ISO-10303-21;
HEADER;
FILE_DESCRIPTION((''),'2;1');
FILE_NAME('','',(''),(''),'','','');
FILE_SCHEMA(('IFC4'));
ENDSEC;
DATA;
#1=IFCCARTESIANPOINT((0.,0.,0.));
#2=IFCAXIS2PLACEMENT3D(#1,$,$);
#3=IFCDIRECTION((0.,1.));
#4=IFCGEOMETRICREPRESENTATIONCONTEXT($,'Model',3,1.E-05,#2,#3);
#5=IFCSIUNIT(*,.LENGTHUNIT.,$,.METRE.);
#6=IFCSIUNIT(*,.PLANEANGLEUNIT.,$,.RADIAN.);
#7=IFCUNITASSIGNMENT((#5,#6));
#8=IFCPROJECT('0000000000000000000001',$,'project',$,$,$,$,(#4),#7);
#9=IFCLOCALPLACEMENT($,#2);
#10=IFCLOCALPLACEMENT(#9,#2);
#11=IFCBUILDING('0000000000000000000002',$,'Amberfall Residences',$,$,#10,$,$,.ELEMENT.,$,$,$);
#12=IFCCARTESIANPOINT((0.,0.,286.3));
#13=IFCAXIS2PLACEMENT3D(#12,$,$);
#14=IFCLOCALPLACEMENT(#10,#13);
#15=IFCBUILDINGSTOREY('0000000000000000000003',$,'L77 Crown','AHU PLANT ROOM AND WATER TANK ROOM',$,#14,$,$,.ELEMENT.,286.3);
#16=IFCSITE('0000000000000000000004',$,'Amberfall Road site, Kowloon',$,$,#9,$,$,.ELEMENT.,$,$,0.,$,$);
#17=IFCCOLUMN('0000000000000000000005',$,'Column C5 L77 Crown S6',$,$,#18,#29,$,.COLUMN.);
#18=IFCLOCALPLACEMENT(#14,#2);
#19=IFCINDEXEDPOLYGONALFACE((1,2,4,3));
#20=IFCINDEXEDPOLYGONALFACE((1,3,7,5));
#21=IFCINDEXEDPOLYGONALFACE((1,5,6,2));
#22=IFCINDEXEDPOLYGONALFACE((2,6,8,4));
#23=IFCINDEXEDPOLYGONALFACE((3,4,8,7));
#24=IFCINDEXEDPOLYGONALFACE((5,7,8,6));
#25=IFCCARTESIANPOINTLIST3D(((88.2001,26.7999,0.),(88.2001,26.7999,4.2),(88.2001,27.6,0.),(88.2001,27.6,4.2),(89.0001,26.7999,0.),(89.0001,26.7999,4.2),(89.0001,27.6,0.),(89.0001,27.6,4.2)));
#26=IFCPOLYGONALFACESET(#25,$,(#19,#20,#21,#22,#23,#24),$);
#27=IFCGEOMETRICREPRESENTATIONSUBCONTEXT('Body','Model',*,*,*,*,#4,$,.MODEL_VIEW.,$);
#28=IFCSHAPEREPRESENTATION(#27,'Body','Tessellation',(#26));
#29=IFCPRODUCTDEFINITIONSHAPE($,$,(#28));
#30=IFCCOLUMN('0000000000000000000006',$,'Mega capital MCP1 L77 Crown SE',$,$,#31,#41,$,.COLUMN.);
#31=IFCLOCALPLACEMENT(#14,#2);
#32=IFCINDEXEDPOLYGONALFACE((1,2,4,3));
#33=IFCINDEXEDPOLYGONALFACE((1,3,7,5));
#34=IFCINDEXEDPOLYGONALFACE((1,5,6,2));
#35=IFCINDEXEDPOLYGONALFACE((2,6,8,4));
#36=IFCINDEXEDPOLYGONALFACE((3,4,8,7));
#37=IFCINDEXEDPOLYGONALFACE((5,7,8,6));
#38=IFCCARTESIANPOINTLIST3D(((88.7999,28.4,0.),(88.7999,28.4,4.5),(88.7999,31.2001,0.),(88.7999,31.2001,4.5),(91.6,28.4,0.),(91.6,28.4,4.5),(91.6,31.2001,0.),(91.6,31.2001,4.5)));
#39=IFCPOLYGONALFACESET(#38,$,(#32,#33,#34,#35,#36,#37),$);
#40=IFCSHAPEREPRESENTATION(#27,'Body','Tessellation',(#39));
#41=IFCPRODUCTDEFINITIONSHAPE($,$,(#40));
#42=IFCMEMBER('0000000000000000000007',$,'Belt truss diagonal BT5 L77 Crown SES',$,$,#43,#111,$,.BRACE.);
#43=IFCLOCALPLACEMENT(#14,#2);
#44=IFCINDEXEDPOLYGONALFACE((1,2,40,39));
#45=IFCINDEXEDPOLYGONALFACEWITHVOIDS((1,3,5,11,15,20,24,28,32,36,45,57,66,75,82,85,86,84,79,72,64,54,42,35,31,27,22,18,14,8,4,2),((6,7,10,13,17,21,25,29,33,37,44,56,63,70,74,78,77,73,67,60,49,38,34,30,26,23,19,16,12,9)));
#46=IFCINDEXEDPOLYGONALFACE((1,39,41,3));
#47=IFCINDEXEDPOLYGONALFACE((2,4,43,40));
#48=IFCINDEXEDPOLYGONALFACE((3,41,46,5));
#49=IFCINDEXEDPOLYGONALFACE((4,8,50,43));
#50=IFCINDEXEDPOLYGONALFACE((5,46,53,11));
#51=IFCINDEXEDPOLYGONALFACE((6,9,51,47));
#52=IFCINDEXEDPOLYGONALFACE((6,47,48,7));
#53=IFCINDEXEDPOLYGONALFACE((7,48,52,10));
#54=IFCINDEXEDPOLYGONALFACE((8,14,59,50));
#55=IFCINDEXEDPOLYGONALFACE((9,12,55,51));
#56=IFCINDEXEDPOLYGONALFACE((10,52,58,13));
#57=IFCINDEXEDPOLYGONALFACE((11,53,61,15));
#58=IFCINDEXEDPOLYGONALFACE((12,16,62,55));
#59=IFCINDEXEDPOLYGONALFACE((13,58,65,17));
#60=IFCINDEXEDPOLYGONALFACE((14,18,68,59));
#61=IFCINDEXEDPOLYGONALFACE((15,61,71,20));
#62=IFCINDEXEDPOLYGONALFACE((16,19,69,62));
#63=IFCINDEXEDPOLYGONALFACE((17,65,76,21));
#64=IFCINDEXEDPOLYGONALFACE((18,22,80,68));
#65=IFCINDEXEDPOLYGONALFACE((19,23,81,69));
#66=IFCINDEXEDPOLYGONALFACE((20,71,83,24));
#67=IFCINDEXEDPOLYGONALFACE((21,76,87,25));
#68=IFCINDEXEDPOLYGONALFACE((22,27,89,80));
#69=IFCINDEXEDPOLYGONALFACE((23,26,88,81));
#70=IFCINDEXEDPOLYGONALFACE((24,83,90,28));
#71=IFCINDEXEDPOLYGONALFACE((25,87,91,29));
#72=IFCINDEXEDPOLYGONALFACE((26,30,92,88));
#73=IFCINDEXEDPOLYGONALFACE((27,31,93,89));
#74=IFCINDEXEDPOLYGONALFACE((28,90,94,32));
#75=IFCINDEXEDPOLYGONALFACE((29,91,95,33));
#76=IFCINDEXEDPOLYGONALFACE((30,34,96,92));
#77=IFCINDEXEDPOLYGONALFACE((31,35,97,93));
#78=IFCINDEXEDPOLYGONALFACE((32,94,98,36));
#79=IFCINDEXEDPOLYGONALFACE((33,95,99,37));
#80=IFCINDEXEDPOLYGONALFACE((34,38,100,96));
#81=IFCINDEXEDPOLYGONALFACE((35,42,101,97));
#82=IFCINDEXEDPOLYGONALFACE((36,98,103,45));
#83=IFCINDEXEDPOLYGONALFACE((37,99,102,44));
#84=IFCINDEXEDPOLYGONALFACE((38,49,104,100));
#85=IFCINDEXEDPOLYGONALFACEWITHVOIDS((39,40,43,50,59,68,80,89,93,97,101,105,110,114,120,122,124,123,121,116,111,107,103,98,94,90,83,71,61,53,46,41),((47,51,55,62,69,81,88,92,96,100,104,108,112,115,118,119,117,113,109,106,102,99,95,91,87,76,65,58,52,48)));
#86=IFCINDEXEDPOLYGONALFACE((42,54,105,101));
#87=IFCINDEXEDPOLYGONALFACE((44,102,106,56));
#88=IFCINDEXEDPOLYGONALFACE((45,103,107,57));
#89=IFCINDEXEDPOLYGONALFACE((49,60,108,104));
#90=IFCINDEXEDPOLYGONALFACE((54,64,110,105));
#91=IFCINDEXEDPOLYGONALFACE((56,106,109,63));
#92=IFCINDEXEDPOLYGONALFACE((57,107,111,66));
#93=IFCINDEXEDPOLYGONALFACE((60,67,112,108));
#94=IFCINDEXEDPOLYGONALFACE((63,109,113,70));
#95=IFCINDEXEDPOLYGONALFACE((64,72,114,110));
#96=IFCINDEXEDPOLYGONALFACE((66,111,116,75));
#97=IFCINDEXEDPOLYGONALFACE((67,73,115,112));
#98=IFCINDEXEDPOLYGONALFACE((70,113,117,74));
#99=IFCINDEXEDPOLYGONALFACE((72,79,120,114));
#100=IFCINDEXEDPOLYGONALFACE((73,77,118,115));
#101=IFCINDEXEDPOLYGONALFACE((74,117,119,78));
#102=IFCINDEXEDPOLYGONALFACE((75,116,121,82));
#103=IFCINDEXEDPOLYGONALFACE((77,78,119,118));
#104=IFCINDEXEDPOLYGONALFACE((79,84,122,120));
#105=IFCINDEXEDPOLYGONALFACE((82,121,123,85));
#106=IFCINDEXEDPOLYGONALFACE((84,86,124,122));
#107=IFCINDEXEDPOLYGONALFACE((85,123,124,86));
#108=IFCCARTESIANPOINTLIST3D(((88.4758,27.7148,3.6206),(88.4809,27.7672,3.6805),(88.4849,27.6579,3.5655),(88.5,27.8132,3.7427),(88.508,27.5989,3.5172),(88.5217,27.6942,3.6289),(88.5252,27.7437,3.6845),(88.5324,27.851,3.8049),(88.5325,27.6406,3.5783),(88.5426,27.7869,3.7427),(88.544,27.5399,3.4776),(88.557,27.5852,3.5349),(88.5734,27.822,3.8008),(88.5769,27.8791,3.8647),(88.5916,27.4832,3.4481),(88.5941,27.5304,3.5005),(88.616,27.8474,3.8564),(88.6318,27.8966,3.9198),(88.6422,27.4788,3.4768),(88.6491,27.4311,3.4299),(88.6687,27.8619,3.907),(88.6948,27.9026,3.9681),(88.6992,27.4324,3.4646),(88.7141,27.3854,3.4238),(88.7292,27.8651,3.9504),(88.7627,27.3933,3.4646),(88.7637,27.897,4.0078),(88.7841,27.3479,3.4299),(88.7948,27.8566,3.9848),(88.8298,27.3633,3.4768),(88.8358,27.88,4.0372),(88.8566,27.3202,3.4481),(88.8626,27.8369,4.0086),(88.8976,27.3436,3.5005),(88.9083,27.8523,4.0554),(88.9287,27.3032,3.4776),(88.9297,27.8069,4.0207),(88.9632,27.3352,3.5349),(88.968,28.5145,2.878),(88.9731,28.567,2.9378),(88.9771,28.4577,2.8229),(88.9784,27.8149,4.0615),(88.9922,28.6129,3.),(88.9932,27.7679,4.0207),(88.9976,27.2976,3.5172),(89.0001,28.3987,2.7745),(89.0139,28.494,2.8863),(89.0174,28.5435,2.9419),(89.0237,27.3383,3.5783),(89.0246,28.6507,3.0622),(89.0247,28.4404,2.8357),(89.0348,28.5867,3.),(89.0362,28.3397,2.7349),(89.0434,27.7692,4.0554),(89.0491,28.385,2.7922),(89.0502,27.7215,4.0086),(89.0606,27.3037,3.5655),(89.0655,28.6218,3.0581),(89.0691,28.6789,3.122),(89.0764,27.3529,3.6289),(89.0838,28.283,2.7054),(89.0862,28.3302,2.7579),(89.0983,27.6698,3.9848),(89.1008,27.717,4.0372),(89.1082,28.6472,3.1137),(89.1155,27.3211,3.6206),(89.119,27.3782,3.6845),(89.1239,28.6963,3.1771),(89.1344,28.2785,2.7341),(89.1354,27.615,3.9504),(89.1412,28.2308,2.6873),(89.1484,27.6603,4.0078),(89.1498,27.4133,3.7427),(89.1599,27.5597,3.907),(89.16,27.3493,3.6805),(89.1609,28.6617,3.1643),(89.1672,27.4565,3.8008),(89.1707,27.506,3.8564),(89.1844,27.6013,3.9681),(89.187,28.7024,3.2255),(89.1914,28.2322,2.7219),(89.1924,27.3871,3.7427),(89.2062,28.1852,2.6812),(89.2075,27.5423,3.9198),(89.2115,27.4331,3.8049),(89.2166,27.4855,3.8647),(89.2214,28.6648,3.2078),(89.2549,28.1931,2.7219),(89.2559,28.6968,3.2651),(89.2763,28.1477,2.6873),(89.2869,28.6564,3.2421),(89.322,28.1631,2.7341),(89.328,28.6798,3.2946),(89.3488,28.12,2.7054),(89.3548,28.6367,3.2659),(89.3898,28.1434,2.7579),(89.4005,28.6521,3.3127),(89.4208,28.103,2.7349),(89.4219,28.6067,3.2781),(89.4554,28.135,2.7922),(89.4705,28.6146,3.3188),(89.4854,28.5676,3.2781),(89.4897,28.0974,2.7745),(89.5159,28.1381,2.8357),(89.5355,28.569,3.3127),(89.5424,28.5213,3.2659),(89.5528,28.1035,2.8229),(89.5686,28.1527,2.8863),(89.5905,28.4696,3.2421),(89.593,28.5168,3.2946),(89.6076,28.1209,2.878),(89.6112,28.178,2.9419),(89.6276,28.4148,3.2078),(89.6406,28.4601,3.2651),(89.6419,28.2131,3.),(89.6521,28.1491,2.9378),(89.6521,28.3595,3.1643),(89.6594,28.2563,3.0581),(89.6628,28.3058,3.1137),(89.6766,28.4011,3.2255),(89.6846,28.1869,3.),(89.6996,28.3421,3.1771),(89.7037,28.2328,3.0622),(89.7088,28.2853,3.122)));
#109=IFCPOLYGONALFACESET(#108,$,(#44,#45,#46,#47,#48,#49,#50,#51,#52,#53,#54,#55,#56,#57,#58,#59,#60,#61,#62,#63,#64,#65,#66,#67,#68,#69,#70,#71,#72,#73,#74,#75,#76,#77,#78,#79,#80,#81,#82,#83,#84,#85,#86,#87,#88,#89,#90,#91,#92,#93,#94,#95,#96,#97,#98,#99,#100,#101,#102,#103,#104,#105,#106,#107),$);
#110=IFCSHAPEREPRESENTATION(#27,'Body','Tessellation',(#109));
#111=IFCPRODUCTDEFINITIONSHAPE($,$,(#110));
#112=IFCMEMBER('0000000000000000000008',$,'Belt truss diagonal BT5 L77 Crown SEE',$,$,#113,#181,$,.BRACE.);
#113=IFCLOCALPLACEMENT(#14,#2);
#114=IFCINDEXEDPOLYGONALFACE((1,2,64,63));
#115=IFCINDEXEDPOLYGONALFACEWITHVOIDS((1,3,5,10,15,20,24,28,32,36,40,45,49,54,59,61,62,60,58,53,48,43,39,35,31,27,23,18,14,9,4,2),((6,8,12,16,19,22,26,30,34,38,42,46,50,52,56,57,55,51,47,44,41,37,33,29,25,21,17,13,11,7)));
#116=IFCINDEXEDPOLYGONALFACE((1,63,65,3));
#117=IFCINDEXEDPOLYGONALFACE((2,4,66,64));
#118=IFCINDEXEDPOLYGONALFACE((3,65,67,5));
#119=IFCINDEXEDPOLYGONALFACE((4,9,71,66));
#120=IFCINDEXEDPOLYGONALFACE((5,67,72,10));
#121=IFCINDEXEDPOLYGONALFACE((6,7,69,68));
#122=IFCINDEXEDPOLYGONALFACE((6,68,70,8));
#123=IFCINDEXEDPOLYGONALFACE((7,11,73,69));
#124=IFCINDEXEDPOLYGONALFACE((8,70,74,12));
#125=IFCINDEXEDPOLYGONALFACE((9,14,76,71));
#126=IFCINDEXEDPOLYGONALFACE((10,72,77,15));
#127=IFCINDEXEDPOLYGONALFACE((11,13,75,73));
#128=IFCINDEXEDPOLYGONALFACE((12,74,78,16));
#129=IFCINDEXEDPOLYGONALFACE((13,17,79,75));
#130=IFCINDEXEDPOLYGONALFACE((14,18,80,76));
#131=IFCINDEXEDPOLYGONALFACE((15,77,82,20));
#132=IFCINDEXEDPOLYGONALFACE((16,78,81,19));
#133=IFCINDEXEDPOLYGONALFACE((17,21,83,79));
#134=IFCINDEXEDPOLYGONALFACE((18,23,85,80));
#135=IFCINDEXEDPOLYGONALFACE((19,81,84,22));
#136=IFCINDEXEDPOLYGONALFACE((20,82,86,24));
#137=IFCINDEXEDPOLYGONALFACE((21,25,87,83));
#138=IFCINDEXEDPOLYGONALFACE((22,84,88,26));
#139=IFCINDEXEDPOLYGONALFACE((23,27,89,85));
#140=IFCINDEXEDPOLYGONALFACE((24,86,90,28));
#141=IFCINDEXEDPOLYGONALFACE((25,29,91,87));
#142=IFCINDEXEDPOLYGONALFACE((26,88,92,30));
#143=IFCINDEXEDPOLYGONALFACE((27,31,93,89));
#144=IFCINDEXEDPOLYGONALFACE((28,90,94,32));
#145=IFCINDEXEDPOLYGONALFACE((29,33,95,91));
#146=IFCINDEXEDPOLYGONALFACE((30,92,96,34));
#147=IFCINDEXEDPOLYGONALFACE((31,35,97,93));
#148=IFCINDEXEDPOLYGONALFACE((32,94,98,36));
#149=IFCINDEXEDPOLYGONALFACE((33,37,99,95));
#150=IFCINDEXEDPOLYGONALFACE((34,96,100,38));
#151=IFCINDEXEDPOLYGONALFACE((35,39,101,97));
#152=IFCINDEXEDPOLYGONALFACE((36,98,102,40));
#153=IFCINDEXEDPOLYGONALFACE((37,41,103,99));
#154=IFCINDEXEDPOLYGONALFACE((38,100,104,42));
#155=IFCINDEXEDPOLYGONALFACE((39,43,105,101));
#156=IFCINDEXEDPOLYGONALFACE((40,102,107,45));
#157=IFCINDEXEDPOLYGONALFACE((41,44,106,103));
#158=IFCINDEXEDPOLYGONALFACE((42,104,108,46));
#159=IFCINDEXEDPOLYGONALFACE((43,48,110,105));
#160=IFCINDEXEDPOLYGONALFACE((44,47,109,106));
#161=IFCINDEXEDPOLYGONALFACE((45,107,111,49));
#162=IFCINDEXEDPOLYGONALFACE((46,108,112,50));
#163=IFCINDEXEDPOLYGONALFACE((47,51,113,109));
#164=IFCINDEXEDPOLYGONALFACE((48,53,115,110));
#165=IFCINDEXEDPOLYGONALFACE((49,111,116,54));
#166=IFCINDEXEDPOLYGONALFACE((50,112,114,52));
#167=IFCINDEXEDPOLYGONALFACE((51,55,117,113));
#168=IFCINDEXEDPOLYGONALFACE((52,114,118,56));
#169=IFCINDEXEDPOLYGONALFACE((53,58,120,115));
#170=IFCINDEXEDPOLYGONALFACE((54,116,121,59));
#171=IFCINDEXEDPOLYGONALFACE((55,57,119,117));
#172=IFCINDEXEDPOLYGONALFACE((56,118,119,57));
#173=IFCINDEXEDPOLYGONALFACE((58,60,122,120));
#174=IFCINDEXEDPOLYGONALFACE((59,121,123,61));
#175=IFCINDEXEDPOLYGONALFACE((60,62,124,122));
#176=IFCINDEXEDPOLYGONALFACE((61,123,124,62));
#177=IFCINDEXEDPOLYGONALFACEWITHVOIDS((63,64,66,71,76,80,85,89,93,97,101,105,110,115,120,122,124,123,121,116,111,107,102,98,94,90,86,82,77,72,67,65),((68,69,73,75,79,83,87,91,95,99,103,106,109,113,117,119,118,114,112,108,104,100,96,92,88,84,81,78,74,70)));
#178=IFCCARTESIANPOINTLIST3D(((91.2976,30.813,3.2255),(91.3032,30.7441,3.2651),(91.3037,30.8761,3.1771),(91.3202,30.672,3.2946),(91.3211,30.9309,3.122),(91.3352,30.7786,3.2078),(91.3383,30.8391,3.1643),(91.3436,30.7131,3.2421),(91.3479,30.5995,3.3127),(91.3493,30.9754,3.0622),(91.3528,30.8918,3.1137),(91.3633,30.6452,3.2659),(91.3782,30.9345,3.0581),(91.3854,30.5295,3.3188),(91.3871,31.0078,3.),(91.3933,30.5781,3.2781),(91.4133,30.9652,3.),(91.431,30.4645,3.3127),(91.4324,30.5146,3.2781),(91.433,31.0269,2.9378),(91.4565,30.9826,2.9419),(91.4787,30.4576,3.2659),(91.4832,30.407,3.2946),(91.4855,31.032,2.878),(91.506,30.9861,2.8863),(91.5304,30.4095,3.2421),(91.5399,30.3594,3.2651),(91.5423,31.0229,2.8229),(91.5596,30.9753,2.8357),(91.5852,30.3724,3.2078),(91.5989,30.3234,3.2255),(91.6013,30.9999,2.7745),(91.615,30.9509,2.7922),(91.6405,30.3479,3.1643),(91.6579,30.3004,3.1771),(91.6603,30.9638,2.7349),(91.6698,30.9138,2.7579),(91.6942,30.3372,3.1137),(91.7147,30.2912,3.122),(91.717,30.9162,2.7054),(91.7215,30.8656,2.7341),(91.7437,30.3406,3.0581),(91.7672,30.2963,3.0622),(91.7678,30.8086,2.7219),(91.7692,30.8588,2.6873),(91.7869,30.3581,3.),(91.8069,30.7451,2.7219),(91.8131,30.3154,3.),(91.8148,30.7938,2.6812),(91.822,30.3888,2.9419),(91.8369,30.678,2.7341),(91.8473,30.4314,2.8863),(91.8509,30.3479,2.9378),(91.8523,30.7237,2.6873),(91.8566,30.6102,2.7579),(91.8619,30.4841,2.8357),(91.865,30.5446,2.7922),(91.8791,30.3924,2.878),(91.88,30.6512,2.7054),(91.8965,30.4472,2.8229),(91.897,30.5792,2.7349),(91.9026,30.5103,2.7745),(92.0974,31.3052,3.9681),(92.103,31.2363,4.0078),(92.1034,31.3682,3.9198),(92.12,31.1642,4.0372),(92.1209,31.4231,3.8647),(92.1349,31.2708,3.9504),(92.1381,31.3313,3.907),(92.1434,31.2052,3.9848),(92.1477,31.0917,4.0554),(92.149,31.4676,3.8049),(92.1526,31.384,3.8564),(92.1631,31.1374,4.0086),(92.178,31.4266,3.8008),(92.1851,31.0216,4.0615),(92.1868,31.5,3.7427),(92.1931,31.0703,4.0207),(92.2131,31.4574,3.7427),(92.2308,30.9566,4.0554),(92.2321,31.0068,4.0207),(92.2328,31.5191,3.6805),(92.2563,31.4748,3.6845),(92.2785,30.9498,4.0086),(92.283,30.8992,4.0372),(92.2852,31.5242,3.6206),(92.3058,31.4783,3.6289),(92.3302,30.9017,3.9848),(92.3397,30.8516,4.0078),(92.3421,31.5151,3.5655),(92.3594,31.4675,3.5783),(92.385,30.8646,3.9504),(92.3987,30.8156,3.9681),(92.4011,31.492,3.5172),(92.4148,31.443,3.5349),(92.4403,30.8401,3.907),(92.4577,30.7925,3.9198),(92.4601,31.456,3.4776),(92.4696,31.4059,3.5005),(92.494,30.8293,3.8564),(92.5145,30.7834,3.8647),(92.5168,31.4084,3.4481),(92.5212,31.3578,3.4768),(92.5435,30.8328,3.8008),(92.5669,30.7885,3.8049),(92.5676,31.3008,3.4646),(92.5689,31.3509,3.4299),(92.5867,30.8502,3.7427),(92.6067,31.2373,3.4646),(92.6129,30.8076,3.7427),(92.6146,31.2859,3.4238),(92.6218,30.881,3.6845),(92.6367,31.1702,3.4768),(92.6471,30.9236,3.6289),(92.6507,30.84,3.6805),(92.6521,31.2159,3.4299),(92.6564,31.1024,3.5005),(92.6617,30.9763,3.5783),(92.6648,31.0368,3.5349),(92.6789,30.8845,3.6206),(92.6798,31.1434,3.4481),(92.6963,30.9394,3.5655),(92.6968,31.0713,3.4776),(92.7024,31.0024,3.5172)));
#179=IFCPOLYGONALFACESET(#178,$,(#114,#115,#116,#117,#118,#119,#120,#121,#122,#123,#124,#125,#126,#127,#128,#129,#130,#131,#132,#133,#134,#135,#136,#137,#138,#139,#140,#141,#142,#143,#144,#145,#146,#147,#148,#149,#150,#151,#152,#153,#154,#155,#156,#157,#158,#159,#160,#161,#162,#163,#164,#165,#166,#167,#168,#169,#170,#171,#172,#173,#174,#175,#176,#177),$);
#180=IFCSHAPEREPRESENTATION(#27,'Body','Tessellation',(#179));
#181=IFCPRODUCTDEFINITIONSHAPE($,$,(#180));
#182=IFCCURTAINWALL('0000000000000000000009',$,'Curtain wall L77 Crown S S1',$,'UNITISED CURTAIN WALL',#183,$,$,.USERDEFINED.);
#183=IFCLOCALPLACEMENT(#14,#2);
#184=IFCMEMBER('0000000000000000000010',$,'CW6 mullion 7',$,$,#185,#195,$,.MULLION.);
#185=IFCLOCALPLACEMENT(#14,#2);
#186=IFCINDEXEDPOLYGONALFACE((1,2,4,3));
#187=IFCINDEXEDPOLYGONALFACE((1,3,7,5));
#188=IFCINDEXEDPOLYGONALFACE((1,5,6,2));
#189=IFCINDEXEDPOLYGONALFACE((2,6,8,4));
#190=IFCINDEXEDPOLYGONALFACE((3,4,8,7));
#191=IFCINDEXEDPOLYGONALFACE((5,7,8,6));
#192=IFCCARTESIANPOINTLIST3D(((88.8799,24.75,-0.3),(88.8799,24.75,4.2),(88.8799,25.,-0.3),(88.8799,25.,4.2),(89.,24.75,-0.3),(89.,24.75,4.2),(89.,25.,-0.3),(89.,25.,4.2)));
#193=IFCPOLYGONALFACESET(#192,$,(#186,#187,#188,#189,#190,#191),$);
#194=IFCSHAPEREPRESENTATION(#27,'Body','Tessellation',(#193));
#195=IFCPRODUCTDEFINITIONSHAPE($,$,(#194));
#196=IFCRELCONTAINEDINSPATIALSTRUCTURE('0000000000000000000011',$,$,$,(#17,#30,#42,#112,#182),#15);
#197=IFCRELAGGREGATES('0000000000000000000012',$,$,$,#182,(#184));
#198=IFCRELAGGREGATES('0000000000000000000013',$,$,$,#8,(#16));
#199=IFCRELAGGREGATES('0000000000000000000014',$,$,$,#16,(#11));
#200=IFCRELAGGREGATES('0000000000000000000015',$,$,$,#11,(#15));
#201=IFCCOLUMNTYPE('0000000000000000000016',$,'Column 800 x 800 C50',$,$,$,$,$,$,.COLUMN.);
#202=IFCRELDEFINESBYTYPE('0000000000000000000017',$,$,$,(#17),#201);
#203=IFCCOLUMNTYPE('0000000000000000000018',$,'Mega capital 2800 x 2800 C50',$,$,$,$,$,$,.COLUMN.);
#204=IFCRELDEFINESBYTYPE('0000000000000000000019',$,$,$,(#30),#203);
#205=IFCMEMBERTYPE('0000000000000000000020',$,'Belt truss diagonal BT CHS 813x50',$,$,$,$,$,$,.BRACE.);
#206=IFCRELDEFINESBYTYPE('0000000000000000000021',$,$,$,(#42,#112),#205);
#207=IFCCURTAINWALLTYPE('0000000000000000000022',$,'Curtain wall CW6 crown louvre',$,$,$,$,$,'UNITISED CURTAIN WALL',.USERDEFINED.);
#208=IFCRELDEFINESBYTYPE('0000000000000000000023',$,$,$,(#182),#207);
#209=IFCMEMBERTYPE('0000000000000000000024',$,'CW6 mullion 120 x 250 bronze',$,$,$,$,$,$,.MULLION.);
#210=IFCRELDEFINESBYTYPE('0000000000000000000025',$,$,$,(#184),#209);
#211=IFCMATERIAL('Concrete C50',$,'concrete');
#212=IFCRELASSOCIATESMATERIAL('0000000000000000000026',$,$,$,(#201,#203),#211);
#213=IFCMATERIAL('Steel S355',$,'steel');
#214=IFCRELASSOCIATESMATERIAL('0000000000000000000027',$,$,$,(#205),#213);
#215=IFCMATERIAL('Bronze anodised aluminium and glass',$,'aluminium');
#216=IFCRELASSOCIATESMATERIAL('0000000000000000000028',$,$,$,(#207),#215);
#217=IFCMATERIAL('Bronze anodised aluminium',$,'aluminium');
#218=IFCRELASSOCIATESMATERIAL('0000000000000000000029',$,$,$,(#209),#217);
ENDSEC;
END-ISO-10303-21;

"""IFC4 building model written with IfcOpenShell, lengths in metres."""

from ifc_helpers import new_model, si_unit, direction, frame, origin, origin_2d, place, context, subcontext, project, spatial, rectangle, hollow_circle, extrude, material, material_profile, profile_set, type_object, element, aggregate, save


model = new_model("IFC4")

# Units and contexts
model_context = context("Model", 3, precision=1e-05, world=origin(), true_north=direction((0.0, 1.0)))
body_context = subcontext(model_context, "Body", "Model", "MODEL_VIEW")
ifc_project = project(units=[si_unit("LENGTHUNIT", "METRE"), si_unit("PLANEANGLEUNIT", "RADIAN")], contexts=[model_context])

# Site, building, storey
site_placement = place(None, origin())
site = spatial("IfcSite", under=ifc_project, at=site_placement, Name="Amberfall Road site, Kowloon", CompositionType="ELEMENT", RefElevation=0.0)
building_placement = place(site_placement, origin())
building = spatial("IfcBuilding", under=site, at=building_placement, Name="Amberfall Residences", CompositionType="ELEMENT")
storey_placement = place(building_placement, frame((0.0, 0.0, 286.3)))
storey = spatial("IfcBuildingStorey", under=building, at=storey_placement, Name="L77 Crown", Description="AHU PLANT ROOM AND WATER TANK ROOM", CompositionType="ELEMENT", Elevation=286.3)

# Columns
ifc_material_1 = material(Name="Concrete C50", Category="concrete")
ifc_material_profile_1 = material_profile(ifc_material_1, rectangle(XDim=0.8, YDim=0.8, at=origin_2d()), Name="Column 800 x 800 C50")
ifc_profile_set_1 = profile_set([ifc_material_profile_1], Name="Concrete C50")
column_type_1 = type_object("IfcColumnType", Name="Column 800 x 800 C50", PredefinedType="COLUMN", material=ifc_profile_set_1)
column_1_placement = place(storey_placement, frame((88.6001, 27.2, 0.0), z_axis=(0.0, 0.0, 1.0), x_axis=(1.0, 0.0, 0.0)))
element("IfcColumn", 1, at=column_1_placement, inside=storey, type_object=column_type_1, Name="Column C5 L77 Crown S6", PredefinedType="COLUMN", context=body_context, shape_type="SweptSolid", body=[
    extrude(rectangle(XDim=0.8, YDim=0.8, at=origin_2d()), origin(), (0.0, 0.0, 1.0), 4.2),
])
ifc_material_profile_2 = material_profile(ifc_material_1, rectangle(XDim=2.8, YDim=2.8, at=origin_2d()), Name="Mega capital 2800 x 2800 C50")
ifc_profile_set_2 = profile_set([ifc_material_profile_2], Name="Concrete C50")
column_type_2 = type_object("IfcColumnType", Name="Mega capital 2800 x 2800 C50", PredefinedType="COLUMN", material=ifc_profile_set_2)
column_2_placement = place(storey_placement, frame((90.2, 29.8, 0.0), z_axis=(0.0, 0.0, 1.0), x_axis=(1.0, 0.0, 0.0)))
element("IfcColumn", 2, at=column_2_placement, inside=storey, type_object=column_type_2, Name="Mega capital MCP1 L77 Crown SE", PredefinedType="COLUMN", context=body_context, shape_type="SweptSolid", body=[
    extrude(rectangle(XDim=2.8, YDim=2.8, at=origin_2d()), origin(), (0.0, 0.0, 1.0), 4.5),
])

# Members
ifc_material_2 = material(Name="Steel S355", Category="steel")
ifc_material_profile_3 = material_profile(ifc_material_2, hollow_circle(Radius=0.4065, WallThickness=0.05, at=origin_2d()), Name="CHS 813x50")
ifc_profile_set_3 = profile_set([ifc_material_profile_3], Name="Steel S355")
member_type_1 = type_object("IfcMemberType", Name="Belt truss diagonal BT CHS 813x50", PredefinedType="BRACE", material=ifc_profile_set_3)
for number, where, z_axis, x_axis, name in (
    (3, (89.3384, 28.3999, 3.0), (-0.411085, -0.668012, 0.620297), (0.851658, -0.524097, 0.0), "Belt truss diagonal BT5 L77 Crown SES"),
    (4, (91.6001, 30.6616, 3.0), (0.668012, 0.411085, 0.620297), (-0.524097, 0.851658, 0.0), "Belt truss diagonal BT5 L77 Crown SEE"),
):
    element("IfcMember", number, at=place(storey_placement, frame(where, z_axis=z_axis, x_axis=x_axis)), inside=storey, type_object=member_type_1, Name=name, PredefinedType="BRACE", context=body_context, shape_type="SweptSolid", body=[
        extrude(hollow_circle(Radius=0.4065, WallThickness=0.05, at=origin_2d()), origin(), (0.0, 0.0, 1.0), 1.1973),
    ])

# Curtain wall, member
ifc_material_3 = material(Name="Bronze anodised aluminium and glass", Category="aluminium")
curtain_wall_type = type_object("IfcCurtainWallType", Name="Curtain wall CW6 crown louvre", ElementType="UNITISED CURTAIN WALL", PredefinedType="USERDEFINED", material=ifc_material_3)
curtain_wall_1_placement = place(storey_placement, origin())
curtain_wall_1 = element("IfcCurtainWall", 5, at=curtain_wall_1_placement, inside=storey, type_object=curtain_wall_type, Name="Curtain wall L77 Crown S S1", ObjectType="UNITISED CURTAIN WALL", PredefinedType="USERDEFINED")
ifc_material_4 = material(Name="Bronze anodised aluminium", Category="aluminium")
ifc_material_profile_4 = material_profile(ifc_material_4, rectangle(XDim=0.25, YDim=0.1201, at=origin_2d()), Name="CW6 mullion 120 x 250 bronze")
ifc_profile_set_4 = profile_set([ifc_material_profile_4], Name="Bronze anodised aluminium")
member_type_2 = type_object("IfcMemberType", Name="CW6 mullion 120 x 250 bronze", PredefinedType="MULLION", material=ifc_profile_set_4)
member_1_placement = place(storey_placement, frame((88.9399, 24.875, -0.3), z_axis=(0.0, 0.0, 1.0), x_axis=(0.0, 1.0, 0.0)))
member_1 = element("IfcMember", 6, at=member_1_placement, type_object=member_type_2, Name="CW6 mullion 7", PredefinedType="MULLION", context=body_context, shape_type="SweptSolid", body=[
    extrude(rectangle(XDim=0.25, YDim=0.1201, at=origin_2d()), origin(), (0.0, 0.0, 1.0), 4.5),
])
aggregate(curtain_wall_1, [member_1])

save(model, "model.ifc")
